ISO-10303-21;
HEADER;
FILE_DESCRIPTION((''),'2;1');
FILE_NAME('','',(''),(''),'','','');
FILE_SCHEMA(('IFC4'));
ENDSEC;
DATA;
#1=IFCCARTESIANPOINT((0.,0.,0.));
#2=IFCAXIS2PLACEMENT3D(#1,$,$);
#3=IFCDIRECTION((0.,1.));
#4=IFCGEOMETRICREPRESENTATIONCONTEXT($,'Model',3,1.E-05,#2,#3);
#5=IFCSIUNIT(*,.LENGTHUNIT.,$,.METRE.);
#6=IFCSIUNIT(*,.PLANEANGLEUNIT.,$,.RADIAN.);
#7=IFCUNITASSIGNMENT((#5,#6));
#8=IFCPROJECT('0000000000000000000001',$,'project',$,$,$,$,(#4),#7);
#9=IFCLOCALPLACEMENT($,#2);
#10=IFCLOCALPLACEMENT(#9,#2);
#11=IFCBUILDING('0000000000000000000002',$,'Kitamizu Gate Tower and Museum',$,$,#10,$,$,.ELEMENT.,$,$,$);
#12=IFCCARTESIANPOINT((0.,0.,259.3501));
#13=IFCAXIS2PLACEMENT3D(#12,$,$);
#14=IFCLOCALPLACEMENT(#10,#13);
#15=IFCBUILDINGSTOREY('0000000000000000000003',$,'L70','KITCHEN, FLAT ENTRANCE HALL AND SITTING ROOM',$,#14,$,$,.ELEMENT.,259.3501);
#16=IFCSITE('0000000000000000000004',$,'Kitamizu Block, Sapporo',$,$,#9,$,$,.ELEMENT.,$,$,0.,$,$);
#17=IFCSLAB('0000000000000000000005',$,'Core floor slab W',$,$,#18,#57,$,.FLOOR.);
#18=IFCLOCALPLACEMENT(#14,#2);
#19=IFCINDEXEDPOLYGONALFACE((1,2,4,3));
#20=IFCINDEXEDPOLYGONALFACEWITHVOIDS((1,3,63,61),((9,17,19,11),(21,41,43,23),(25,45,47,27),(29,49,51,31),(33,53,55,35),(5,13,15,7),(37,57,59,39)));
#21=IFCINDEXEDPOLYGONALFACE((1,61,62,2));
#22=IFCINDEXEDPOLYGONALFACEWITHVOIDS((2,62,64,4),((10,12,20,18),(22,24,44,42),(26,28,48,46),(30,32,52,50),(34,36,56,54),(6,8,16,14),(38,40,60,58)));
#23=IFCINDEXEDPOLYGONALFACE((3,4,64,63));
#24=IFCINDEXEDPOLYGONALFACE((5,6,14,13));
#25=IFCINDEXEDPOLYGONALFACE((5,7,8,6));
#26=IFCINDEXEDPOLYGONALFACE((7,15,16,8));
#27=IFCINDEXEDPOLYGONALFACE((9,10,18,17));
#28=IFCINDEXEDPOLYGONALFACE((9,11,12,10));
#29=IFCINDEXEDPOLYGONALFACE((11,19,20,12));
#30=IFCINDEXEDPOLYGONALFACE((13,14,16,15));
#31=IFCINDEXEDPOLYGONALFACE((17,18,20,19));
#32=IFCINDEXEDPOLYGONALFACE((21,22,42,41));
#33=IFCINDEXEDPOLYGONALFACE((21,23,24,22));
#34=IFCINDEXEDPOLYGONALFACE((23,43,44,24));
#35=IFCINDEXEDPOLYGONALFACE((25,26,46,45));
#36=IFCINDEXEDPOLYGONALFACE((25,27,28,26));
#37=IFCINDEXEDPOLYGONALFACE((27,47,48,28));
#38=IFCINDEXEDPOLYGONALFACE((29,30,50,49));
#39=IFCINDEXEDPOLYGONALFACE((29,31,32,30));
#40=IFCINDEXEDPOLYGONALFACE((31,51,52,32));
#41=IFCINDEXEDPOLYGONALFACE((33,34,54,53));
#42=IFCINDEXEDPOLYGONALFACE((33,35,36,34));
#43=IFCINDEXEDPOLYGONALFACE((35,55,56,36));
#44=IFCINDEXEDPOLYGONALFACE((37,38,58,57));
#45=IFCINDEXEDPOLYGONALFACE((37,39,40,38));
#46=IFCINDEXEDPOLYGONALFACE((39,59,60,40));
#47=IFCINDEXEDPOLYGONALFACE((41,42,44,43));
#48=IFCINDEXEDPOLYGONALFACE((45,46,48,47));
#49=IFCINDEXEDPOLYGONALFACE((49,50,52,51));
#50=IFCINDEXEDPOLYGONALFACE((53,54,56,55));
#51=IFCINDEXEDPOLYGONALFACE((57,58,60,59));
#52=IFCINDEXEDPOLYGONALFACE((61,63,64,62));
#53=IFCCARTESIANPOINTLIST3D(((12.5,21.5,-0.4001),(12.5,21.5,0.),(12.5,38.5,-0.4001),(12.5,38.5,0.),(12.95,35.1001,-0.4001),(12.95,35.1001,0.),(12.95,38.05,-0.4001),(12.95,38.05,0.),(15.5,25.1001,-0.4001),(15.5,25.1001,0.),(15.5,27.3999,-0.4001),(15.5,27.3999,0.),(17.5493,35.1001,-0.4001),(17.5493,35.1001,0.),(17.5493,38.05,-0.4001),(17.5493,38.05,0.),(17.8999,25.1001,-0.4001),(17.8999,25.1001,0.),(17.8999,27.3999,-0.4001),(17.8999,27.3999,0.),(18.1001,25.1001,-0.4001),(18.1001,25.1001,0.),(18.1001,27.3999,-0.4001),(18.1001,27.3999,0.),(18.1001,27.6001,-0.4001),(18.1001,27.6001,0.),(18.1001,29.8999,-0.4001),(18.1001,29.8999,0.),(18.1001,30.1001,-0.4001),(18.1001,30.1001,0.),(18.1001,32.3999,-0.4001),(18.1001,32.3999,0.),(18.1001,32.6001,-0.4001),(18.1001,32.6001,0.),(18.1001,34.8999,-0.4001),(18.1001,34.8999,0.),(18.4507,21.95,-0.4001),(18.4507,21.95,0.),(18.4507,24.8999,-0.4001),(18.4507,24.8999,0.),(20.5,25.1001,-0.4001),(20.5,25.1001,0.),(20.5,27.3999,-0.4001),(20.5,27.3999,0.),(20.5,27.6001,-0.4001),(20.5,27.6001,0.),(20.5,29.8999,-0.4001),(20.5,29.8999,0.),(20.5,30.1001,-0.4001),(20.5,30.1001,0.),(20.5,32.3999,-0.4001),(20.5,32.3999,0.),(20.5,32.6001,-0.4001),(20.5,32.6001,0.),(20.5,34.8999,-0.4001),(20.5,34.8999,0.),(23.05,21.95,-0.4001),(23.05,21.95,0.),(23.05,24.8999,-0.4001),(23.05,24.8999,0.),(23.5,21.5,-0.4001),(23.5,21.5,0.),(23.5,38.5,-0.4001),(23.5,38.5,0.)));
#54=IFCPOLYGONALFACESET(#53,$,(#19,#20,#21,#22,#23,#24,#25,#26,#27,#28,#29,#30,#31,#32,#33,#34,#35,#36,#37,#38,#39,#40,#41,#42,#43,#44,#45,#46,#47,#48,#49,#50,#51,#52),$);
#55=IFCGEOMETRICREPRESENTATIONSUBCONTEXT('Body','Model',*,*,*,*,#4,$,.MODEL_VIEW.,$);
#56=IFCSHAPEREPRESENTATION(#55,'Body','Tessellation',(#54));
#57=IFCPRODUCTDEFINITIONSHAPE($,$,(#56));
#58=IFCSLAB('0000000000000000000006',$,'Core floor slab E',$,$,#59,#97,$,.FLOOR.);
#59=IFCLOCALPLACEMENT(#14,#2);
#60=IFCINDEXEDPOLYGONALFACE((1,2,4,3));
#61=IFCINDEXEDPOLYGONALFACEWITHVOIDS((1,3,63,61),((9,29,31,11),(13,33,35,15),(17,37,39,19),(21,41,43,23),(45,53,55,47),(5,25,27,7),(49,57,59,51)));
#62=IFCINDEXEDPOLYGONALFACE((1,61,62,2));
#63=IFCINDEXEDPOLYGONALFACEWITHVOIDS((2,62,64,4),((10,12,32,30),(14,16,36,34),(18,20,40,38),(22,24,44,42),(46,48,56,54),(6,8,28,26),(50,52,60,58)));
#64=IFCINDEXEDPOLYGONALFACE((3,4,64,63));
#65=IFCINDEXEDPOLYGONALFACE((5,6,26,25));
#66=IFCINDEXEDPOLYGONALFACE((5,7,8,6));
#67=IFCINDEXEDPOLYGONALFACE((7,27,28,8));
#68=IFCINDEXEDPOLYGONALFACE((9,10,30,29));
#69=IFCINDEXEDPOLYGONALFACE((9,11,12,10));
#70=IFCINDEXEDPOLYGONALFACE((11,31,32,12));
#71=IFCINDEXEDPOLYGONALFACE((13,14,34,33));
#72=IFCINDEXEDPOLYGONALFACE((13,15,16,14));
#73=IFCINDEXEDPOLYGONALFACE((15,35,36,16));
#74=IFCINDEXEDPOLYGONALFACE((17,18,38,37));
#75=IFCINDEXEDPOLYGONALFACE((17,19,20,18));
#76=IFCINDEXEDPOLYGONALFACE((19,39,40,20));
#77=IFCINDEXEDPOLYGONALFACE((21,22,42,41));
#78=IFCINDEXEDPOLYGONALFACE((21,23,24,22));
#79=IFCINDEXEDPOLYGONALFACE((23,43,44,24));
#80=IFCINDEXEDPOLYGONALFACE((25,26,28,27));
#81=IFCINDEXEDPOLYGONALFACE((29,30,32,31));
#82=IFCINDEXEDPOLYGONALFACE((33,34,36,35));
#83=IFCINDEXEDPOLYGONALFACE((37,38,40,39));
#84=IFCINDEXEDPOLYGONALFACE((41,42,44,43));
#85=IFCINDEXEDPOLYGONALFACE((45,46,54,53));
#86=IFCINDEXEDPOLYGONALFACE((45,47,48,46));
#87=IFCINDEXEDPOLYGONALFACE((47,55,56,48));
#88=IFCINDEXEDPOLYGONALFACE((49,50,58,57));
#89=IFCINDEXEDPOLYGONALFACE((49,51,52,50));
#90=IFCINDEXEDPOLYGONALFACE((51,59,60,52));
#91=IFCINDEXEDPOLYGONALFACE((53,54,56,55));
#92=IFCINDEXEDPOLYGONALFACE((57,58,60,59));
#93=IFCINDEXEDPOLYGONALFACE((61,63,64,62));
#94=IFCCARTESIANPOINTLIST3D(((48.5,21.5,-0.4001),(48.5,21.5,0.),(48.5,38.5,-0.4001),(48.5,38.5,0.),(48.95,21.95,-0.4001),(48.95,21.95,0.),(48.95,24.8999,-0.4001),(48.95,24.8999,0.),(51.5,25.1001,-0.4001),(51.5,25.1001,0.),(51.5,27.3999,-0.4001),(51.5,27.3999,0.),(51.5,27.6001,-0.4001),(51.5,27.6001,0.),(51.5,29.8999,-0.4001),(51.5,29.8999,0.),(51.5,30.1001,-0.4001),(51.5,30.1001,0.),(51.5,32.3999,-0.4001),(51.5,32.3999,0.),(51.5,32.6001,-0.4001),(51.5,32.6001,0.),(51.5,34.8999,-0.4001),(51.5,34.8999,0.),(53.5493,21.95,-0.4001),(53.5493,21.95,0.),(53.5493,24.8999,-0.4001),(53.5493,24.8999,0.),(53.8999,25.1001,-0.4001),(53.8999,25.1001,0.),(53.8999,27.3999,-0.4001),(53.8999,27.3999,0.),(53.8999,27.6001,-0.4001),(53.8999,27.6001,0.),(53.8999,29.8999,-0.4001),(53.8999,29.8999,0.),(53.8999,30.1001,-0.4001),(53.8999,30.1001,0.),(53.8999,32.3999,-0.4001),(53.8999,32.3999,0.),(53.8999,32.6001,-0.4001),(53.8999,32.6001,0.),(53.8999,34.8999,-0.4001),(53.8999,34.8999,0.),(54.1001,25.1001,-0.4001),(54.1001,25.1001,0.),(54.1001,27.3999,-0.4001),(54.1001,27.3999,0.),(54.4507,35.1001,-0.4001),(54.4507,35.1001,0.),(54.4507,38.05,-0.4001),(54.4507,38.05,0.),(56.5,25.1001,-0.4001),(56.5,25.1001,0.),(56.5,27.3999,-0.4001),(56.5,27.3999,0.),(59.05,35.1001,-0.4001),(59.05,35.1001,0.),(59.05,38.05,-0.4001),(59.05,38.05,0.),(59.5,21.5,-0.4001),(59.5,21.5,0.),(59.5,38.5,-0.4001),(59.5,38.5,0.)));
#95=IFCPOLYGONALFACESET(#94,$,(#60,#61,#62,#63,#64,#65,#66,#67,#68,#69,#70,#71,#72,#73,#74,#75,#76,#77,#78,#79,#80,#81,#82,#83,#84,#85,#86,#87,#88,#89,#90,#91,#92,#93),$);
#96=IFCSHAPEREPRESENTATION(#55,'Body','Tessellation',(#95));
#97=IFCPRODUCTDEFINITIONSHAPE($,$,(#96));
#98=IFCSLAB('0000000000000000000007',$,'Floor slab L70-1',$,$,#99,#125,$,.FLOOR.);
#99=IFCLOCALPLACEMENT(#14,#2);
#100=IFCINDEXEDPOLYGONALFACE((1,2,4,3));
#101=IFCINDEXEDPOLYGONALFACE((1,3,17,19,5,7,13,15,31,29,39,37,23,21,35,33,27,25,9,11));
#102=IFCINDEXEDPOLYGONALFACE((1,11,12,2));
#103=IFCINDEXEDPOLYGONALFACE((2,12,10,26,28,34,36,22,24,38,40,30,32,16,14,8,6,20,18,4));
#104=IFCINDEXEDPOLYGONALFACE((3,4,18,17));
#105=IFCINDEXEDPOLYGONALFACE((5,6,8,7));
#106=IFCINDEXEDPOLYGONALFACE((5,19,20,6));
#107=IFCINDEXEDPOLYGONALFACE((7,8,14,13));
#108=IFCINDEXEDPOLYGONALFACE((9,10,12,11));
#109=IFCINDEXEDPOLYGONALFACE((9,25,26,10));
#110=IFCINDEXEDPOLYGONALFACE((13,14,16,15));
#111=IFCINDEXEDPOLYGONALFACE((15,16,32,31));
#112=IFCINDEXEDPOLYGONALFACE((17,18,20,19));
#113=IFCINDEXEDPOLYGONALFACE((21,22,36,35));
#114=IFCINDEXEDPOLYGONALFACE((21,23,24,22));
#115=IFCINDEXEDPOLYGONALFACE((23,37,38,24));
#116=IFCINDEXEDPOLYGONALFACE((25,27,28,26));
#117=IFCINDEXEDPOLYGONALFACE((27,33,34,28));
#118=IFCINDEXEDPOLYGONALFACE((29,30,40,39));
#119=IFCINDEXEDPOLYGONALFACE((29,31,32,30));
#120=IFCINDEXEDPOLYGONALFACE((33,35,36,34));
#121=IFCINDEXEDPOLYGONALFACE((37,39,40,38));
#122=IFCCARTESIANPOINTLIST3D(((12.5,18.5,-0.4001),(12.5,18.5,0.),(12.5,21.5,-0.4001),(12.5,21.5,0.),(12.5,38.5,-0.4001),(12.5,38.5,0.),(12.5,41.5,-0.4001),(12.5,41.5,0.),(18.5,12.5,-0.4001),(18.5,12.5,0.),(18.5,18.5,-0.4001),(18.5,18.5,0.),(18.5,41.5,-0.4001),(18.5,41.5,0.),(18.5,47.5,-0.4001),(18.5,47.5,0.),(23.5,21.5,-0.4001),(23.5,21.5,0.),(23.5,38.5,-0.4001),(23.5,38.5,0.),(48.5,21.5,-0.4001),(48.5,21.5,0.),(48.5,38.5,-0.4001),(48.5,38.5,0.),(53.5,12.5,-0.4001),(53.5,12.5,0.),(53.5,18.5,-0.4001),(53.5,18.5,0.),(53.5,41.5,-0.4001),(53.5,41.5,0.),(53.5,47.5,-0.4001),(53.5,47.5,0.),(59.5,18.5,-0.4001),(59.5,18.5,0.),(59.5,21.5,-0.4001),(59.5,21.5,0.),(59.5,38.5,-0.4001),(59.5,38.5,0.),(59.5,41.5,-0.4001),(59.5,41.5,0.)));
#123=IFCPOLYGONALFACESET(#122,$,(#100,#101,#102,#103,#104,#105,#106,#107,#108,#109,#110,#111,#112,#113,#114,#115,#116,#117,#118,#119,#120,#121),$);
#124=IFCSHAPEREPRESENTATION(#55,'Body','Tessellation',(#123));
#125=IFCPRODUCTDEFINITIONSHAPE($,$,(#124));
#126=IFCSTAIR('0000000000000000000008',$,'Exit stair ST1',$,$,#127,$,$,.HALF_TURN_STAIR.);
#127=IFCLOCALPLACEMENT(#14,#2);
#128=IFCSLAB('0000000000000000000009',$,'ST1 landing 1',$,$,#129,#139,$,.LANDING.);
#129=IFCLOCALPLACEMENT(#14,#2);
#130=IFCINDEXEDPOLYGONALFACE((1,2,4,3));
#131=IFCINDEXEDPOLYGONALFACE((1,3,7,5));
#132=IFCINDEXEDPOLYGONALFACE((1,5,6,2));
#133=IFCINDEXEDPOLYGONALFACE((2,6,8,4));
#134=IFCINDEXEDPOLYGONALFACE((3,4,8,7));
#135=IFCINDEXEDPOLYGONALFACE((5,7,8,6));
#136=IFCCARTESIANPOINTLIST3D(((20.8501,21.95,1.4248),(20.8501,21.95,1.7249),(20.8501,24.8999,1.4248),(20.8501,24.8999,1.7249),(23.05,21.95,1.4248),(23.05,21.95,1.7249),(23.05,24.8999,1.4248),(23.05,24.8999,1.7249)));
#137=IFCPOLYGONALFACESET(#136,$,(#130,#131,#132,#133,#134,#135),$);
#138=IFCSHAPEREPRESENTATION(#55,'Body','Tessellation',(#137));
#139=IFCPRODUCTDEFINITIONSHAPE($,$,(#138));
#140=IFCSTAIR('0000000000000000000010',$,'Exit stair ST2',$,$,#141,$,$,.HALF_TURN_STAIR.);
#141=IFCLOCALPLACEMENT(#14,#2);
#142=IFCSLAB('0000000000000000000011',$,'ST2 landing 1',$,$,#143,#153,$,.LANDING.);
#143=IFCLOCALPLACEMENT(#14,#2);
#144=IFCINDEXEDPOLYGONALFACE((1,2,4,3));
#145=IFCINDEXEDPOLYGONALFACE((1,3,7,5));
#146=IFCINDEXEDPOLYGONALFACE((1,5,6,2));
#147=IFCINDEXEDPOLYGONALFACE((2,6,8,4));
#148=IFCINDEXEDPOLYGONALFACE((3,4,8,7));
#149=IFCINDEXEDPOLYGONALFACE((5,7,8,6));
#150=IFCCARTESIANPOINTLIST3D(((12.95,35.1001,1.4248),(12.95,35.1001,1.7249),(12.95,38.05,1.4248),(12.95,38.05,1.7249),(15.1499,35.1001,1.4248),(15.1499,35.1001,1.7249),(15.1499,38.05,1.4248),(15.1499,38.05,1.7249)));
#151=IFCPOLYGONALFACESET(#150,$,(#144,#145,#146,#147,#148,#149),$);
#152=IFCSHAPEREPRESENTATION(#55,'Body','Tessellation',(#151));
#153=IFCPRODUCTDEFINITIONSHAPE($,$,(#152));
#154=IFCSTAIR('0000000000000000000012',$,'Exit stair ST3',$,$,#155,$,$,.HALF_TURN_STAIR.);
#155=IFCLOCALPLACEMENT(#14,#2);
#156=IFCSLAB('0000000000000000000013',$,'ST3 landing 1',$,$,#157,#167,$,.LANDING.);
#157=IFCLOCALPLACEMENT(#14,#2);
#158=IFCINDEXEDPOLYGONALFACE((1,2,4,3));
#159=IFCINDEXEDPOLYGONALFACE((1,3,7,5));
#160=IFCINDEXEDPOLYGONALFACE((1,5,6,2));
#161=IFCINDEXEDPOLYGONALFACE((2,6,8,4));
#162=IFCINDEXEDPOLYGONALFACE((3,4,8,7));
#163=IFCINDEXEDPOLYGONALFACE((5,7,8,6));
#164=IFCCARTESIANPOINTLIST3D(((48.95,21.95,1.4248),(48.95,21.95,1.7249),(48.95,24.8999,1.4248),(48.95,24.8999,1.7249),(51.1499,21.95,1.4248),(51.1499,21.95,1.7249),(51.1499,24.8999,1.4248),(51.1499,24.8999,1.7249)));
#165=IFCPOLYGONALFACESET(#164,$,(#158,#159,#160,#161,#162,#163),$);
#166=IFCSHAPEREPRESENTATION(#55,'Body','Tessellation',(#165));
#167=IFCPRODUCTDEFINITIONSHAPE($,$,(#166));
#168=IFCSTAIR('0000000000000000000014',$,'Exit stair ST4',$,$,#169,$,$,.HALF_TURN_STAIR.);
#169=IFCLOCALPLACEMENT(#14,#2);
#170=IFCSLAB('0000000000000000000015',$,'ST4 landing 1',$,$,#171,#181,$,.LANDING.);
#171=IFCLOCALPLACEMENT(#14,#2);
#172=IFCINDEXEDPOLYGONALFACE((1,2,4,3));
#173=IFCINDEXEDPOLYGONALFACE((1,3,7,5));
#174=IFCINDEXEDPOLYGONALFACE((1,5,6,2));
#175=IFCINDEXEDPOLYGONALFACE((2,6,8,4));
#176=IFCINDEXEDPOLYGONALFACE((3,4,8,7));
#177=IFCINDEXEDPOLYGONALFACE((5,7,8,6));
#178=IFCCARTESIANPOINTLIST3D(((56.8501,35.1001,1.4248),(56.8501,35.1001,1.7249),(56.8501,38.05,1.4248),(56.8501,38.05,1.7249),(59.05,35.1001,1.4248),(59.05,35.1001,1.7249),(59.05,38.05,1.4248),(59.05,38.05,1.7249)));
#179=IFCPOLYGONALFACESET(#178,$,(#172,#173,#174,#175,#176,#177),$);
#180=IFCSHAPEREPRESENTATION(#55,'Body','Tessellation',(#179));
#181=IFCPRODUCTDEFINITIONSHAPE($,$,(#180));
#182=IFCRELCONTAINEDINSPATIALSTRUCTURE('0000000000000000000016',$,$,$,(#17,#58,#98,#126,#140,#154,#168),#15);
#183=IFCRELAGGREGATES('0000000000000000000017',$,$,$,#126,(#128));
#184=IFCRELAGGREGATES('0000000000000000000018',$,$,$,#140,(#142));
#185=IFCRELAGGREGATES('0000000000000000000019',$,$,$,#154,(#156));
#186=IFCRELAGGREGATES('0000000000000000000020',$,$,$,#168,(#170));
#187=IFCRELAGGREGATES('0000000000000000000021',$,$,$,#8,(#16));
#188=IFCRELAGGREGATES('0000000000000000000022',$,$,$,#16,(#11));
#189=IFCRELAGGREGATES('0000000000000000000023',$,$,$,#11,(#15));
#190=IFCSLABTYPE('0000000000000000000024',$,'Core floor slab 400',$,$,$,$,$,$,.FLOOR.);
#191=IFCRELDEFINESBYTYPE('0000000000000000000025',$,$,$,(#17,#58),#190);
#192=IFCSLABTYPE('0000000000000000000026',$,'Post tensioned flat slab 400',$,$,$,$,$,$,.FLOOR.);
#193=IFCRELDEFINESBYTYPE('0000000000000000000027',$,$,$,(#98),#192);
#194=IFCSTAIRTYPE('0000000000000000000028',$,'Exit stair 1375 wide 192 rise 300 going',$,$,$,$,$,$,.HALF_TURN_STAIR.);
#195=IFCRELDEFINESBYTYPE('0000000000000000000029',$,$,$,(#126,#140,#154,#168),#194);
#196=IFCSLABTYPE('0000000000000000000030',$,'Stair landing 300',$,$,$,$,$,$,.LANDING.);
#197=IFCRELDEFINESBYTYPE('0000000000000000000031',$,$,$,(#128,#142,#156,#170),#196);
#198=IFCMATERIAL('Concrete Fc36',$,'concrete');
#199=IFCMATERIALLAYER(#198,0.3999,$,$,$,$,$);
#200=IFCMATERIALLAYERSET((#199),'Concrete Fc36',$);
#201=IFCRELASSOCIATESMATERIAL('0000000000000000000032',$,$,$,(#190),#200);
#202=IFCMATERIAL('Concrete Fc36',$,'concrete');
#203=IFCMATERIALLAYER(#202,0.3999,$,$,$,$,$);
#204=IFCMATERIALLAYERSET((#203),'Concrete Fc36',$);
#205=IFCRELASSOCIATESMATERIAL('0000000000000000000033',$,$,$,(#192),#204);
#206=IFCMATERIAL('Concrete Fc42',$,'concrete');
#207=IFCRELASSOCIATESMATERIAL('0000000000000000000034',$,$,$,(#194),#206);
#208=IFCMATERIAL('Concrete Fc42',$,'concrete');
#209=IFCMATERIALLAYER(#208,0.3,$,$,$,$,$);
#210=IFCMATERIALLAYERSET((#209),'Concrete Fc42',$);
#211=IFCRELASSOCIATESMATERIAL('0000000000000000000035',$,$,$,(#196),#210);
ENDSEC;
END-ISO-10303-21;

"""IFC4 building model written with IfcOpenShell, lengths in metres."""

from ifc_helpers import new_model, si_unit, direction, frame, origin, place, context, subcontext, project, spatial, polyline, outline, extrude, material, layer, layer_set, type_object, element, aggregate, save


model = new_model("IFC4")

# Units and contexts
model_context = context("Model", 3, precision=1e-05, world=origin(), true_north=direction((0.0, 1.0)))
body_context = subcontext(model_context, "Body", "Model", "MODEL_VIEW")
ifc_project = project(units=[si_unit("LENGTHUNIT", "METRE"), si_unit("PLANEANGLEUNIT", "RADIAN")], contexts=[model_context])

# Site, building, storey
site_placement = place(None, origin())
site = spatial("IfcSite", under=ifc_project, at=site_placement, Name="Kitamizu Block, Sapporo", CompositionType="ELEMENT", RefElevation=0.0)
building_placement = place(site_placement, origin())
building = spatial("IfcBuilding", under=site, at=building_placement, Name="Kitamizu Gate Tower and Museum", CompositionType="ELEMENT")
storey_placement = place(building_placement, frame((0.0, 0.0, 259.3501)))
storey = spatial("IfcBuildingStorey", under=building, at=storey_placement, Name="L70", Description="KITCHEN, FLAT ENTRANCE HALL AND SITTING ROOM", CompositionType="ELEMENT", Elevation=259.3501)

# Slabs
ifc_material_1 = material(Name="Concrete Fc36", Category="concrete")
ifc_layer_1 = layer(ifc_material_1, 0.3999)
ifc_layer_set_1 = layer_set([ifc_layer_1], Name="Concrete Fc36")
slab_type_1 = type_object("IfcSlabType", Name="Core floor slab 400", PredefinedType="FLOOR", material=ifc_layer_set_1)
slab_1_placement = place(storey_placement, frame((0.0, 0.0, -0.4001)))
element("IfcSlab", 1, at=slab_1_placement, inside=storey, type_object=slab_type_1, Name="Core floor slab W", PredefinedType="FLOOR", context=body_context, shape_type="SweptSolid", body=[
    extrude(outline(polyline([(12.5, 21.5), (23.5, 21.5), (23.5, 38.5), (12.5, 38.5), (12.5, 21.5)]), holes=[polyline([(15.5, 25.1001), (17.8999, 25.1001), (17.8999, 27.3999), (15.5, 27.3999), (15.5, 25.1001)]), polyline([(18.1001, 25.1001), (20.5, 25.1001), (20.5, 27.3999), (18.1001, 27.3999), (18.1001, 25.1001)]), polyline([(18.1001, 27.6001), (20.5, 27.6001), (20.5, 29.8999), (18.1001, 29.8999), (18.1001, 27.6001)]), polyline([(18.1001, 30.1001), (20.5, 30.1001), (20.5, 32.3999), (18.1001, 32.3999), (18.1001, 30.1001)]), polyline([(18.1001, 32.6001), (20.5, 32.6001), (20.5, 34.8999), (18.1001, 34.8999), (18.1001, 32.6001)]), polyline([(18.4507, 21.95), (23.05, 21.95), (23.05, 24.8999), (18.4507, 24.8999), (18.4507, 21.95)]), polyline([(12.95, 35.1001), (17.5493, 35.1001), (17.5493, 38.05), (12.95, 38.05), (12.95, 35.1001)])]), origin(), (0.0, 0.0, 1.0), 0.4001),
])
slab_2_placement = place(storey_placement, frame((0.0, 0.0, -0.4001)))
element("IfcSlab", 2, at=slab_2_placement, inside=storey, type_object=slab_type_1, Name="Core floor slab E", PredefinedType="FLOOR", context=body_context, shape_type="SweptSolid", body=[
    extrude(outline(polyline([(48.5, 21.5), (59.5, 21.5), (59.5, 38.5), (48.5, 38.5), (48.5, 21.5)]), holes=[polyline([(54.1001, 25.1001), (56.5, 25.1001), (56.5, 27.3999), (54.1001, 27.3999), (54.1001, 25.1001)]), polyline([(51.5, 25.1001), (53.8999, 25.1001), (53.8999, 27.3999), (51.5, 27.3999), (51.5, 25.1001)]), polyline([(51.5, 27.6001), (53.8999, 27.6001), (53.8999, 29.8999), (51.5, 29.8999), (51.5, 27.6001)]), polyline([(51.5, 30.1001), (53.8999, 30.1001), (53.8999, 32.3999), (51.5, 32.3999), (51.5, 30.1001)]), polyline([(51.5, 32.6001), (53.8999, 32.6001), (53.8999, 34.8999), (51.5, 34.8999), (51.5, 32.6001)]), polyline([(48.95, 21.95), (53.5493, 21.95), (53.5493, 24.8999), (48.95, 24.8999), (48.95, 21.95)]), polyline([(54.4507, 35.1001), (59.05, 35.1001), (59.05, 38.05), (54.4507, 38.05), (54.4507, 35.1001)])]), origin(), (0.0, 0.0, 1.0), 0.4001),
])
ifc_material_2 = material(Name="Concrete Fc36", Category="concrete")
ifc_layer_2 = layer(ifc_material_2, 0.3999)
ifc_layer_set_2 = layer_set([ifc_layer_2], Name="Concrete Fc36")
slab_type_2 = type_object("IfcSlabType", Name="Post tensioned flat slab 400", PredefinedType="FLOOR", material=ifc_layer_set_2)
slab_3_placement = place(storey_placement, frame((0.0, 0.0, -0.4001)))
element("IfcSlab", 3, at=slab_3_placement, inside=storey, type_object=slab_type_2, Name="Floor slab L70-1", PredefinedType="FLOOR", context=body_context, shape_type="SweptSolid", body=[
    extrude(outline(polyline([(12.5, 18.5), (12.5, 21.5), (23.5, 21.5), (23.5, 38.5), (12.5, 38.5), (12.5, 41.5), (18.5, 41.5), (18.5, 47.5), (53.5, 47.5), (53.5, 41.5), (59.5, 41.5), (59.5, 38.5), (48.5, 38.5), (48.5, 21.5), (59.5, 21.5), (59.5, 18.5), (53.5, 18.5), (53.5, 12.5), (18.5, 12.5), (18.5, 18.5), (12.5, 18.5)])), origin(), (0.0, 0.0, 1.0), 0.4001),
])

# Stairs, slabs
ifc_material_3 = material(Name="Concrete Fc42", Category="concrete")
stair_type = type_object("IfcStairType", Name="Exit stair 1375 wide 192 rise 300 going", PredefinedType="HALF_TURN_STAIR", material=ifc_material_3)
stair_1_placement = place(storey_placement, origin())
stair_1 = element("IfcStair", 4, at=stair_1_placement, inside=storey, type_object=stair_type, Name="Exit stair ST1", PredefinedType="HALF_TURN_STAIR")
ifc_material_4 = material(Name="Concrete Fc42", Category="concrete")
ifc_layer_3 = layer(ifc_material_4, 0.3)
ifc_layer_set_3 = layer_set([ifc_layer_3], Name="Concrete Fc42")
slab_type_3 = type_object("IfcSlabType", Name="Stair landing 300", PredefinedType="LANDING", material=ifc_layer_set_3)
slab_4_placement = place(storey_placement, frame((0.0, 0.0, 1.4248)))
slab_4 = element("IfcSlab", 5, at=slab_4_placement, type_object=slab_type_3, Name="ST1 landing 1", PredefinedType="LANDING", context=body_context, shape_type="SweptSolid", body=[
    extrude(outline(polyline([(20.8501, 21.95), (23.05, 21.95), (23.05, 24.8999), (20.8501, 24.8999), (20.8501, 21.95)])), origin(), (0.0, 0.0, 1.0), 0.3),
])
aggregate(stair_1, [slab_4])
stair_2_placement = place(storey_placement, origin())
stair_2 = element("IfcStair", 6, at=stair_2_placement, inside=storey, type_object=stair_type, Name="Exit stair ST2", PredefinedType="HALF_TURN_STAIR")
slab_5_placement = place(storey_placement, frame((0.0, 0.0, 1.4248)))
slab_5 = element("IfcSlab", 7, at=slab_5_placement, type_object=slab_type_3, Name="ST2 landing 1", PredefinedType="LANDING", context=body_context, shape_type="SweptSolid", body=[
    extrude(outline(polyline([(12.95, 35.1001), (15.1499, 35.1001), (15.1499, 38.05), (12.95, 38.05), (12.95, 35.1001)])), origin(), (0.0, 0.0, 1.0), 0.3),
])
aggregate(stair_2, [slab_5])
stair_3_placement = place(storey_placement, origin())
stair_3 = element("IfcStair", 8, at=stair_3_placement, inside=storey, type_object=stair_type, Name="Exit stair ST3", PredefinedType="HALF_TURN_STAIR")
slab_6_placement = place(storey_placement, frame((0.0, 0.0, 1.4248)))
slab_6 = element("IfcSlab", 9, at=slab_6_placement, type_object=slab_type_3, Name="ST3 landing 1", PredefinedType="LANDING", context=body_context, shape_type="SweptSolid", body=[
    extrude(outline(polyline([(48.95, 21.95), (51.1499, 21.95), (51.1499, 24.8999), (48.95, 24.8999), (48.95, 21.95)])), origin(), (0.0, 0.0, 1.0), 0.3),
])
aggregate(stair_3, [slab_6])
stair_4_placement = place(storey_placement, origin())
stair_4 = element("IfcStair", 10, at=stair_4_placement, inside=storey, type_object=stair_type, Name="Exit stair ST4", PredefinedType="HALF_TURN_STAIR")
slab_7_placement = place(storey_placement, frame((0.0, 0.0, 1.4248)))
slab_7 = element("IfcSlab", 11, at=slab_7_placement, type_object=slab_type_3, Name="ST4 landing 1", PredefinedType="LANDING", context=body_context, shape_type="SweptSolid", body=[
    extrude(outline(polyline([(56.8501, 35.1001), (59.05, 35.1001), (59.05, 38.05), (56.8501, 38.05), (56.8501, 35.1001)])), origin(), (0.0, 0.0, 1.0), 0.3),
])
aggregate(stair_4, [slab_7])

save(model, "model.ifc")
